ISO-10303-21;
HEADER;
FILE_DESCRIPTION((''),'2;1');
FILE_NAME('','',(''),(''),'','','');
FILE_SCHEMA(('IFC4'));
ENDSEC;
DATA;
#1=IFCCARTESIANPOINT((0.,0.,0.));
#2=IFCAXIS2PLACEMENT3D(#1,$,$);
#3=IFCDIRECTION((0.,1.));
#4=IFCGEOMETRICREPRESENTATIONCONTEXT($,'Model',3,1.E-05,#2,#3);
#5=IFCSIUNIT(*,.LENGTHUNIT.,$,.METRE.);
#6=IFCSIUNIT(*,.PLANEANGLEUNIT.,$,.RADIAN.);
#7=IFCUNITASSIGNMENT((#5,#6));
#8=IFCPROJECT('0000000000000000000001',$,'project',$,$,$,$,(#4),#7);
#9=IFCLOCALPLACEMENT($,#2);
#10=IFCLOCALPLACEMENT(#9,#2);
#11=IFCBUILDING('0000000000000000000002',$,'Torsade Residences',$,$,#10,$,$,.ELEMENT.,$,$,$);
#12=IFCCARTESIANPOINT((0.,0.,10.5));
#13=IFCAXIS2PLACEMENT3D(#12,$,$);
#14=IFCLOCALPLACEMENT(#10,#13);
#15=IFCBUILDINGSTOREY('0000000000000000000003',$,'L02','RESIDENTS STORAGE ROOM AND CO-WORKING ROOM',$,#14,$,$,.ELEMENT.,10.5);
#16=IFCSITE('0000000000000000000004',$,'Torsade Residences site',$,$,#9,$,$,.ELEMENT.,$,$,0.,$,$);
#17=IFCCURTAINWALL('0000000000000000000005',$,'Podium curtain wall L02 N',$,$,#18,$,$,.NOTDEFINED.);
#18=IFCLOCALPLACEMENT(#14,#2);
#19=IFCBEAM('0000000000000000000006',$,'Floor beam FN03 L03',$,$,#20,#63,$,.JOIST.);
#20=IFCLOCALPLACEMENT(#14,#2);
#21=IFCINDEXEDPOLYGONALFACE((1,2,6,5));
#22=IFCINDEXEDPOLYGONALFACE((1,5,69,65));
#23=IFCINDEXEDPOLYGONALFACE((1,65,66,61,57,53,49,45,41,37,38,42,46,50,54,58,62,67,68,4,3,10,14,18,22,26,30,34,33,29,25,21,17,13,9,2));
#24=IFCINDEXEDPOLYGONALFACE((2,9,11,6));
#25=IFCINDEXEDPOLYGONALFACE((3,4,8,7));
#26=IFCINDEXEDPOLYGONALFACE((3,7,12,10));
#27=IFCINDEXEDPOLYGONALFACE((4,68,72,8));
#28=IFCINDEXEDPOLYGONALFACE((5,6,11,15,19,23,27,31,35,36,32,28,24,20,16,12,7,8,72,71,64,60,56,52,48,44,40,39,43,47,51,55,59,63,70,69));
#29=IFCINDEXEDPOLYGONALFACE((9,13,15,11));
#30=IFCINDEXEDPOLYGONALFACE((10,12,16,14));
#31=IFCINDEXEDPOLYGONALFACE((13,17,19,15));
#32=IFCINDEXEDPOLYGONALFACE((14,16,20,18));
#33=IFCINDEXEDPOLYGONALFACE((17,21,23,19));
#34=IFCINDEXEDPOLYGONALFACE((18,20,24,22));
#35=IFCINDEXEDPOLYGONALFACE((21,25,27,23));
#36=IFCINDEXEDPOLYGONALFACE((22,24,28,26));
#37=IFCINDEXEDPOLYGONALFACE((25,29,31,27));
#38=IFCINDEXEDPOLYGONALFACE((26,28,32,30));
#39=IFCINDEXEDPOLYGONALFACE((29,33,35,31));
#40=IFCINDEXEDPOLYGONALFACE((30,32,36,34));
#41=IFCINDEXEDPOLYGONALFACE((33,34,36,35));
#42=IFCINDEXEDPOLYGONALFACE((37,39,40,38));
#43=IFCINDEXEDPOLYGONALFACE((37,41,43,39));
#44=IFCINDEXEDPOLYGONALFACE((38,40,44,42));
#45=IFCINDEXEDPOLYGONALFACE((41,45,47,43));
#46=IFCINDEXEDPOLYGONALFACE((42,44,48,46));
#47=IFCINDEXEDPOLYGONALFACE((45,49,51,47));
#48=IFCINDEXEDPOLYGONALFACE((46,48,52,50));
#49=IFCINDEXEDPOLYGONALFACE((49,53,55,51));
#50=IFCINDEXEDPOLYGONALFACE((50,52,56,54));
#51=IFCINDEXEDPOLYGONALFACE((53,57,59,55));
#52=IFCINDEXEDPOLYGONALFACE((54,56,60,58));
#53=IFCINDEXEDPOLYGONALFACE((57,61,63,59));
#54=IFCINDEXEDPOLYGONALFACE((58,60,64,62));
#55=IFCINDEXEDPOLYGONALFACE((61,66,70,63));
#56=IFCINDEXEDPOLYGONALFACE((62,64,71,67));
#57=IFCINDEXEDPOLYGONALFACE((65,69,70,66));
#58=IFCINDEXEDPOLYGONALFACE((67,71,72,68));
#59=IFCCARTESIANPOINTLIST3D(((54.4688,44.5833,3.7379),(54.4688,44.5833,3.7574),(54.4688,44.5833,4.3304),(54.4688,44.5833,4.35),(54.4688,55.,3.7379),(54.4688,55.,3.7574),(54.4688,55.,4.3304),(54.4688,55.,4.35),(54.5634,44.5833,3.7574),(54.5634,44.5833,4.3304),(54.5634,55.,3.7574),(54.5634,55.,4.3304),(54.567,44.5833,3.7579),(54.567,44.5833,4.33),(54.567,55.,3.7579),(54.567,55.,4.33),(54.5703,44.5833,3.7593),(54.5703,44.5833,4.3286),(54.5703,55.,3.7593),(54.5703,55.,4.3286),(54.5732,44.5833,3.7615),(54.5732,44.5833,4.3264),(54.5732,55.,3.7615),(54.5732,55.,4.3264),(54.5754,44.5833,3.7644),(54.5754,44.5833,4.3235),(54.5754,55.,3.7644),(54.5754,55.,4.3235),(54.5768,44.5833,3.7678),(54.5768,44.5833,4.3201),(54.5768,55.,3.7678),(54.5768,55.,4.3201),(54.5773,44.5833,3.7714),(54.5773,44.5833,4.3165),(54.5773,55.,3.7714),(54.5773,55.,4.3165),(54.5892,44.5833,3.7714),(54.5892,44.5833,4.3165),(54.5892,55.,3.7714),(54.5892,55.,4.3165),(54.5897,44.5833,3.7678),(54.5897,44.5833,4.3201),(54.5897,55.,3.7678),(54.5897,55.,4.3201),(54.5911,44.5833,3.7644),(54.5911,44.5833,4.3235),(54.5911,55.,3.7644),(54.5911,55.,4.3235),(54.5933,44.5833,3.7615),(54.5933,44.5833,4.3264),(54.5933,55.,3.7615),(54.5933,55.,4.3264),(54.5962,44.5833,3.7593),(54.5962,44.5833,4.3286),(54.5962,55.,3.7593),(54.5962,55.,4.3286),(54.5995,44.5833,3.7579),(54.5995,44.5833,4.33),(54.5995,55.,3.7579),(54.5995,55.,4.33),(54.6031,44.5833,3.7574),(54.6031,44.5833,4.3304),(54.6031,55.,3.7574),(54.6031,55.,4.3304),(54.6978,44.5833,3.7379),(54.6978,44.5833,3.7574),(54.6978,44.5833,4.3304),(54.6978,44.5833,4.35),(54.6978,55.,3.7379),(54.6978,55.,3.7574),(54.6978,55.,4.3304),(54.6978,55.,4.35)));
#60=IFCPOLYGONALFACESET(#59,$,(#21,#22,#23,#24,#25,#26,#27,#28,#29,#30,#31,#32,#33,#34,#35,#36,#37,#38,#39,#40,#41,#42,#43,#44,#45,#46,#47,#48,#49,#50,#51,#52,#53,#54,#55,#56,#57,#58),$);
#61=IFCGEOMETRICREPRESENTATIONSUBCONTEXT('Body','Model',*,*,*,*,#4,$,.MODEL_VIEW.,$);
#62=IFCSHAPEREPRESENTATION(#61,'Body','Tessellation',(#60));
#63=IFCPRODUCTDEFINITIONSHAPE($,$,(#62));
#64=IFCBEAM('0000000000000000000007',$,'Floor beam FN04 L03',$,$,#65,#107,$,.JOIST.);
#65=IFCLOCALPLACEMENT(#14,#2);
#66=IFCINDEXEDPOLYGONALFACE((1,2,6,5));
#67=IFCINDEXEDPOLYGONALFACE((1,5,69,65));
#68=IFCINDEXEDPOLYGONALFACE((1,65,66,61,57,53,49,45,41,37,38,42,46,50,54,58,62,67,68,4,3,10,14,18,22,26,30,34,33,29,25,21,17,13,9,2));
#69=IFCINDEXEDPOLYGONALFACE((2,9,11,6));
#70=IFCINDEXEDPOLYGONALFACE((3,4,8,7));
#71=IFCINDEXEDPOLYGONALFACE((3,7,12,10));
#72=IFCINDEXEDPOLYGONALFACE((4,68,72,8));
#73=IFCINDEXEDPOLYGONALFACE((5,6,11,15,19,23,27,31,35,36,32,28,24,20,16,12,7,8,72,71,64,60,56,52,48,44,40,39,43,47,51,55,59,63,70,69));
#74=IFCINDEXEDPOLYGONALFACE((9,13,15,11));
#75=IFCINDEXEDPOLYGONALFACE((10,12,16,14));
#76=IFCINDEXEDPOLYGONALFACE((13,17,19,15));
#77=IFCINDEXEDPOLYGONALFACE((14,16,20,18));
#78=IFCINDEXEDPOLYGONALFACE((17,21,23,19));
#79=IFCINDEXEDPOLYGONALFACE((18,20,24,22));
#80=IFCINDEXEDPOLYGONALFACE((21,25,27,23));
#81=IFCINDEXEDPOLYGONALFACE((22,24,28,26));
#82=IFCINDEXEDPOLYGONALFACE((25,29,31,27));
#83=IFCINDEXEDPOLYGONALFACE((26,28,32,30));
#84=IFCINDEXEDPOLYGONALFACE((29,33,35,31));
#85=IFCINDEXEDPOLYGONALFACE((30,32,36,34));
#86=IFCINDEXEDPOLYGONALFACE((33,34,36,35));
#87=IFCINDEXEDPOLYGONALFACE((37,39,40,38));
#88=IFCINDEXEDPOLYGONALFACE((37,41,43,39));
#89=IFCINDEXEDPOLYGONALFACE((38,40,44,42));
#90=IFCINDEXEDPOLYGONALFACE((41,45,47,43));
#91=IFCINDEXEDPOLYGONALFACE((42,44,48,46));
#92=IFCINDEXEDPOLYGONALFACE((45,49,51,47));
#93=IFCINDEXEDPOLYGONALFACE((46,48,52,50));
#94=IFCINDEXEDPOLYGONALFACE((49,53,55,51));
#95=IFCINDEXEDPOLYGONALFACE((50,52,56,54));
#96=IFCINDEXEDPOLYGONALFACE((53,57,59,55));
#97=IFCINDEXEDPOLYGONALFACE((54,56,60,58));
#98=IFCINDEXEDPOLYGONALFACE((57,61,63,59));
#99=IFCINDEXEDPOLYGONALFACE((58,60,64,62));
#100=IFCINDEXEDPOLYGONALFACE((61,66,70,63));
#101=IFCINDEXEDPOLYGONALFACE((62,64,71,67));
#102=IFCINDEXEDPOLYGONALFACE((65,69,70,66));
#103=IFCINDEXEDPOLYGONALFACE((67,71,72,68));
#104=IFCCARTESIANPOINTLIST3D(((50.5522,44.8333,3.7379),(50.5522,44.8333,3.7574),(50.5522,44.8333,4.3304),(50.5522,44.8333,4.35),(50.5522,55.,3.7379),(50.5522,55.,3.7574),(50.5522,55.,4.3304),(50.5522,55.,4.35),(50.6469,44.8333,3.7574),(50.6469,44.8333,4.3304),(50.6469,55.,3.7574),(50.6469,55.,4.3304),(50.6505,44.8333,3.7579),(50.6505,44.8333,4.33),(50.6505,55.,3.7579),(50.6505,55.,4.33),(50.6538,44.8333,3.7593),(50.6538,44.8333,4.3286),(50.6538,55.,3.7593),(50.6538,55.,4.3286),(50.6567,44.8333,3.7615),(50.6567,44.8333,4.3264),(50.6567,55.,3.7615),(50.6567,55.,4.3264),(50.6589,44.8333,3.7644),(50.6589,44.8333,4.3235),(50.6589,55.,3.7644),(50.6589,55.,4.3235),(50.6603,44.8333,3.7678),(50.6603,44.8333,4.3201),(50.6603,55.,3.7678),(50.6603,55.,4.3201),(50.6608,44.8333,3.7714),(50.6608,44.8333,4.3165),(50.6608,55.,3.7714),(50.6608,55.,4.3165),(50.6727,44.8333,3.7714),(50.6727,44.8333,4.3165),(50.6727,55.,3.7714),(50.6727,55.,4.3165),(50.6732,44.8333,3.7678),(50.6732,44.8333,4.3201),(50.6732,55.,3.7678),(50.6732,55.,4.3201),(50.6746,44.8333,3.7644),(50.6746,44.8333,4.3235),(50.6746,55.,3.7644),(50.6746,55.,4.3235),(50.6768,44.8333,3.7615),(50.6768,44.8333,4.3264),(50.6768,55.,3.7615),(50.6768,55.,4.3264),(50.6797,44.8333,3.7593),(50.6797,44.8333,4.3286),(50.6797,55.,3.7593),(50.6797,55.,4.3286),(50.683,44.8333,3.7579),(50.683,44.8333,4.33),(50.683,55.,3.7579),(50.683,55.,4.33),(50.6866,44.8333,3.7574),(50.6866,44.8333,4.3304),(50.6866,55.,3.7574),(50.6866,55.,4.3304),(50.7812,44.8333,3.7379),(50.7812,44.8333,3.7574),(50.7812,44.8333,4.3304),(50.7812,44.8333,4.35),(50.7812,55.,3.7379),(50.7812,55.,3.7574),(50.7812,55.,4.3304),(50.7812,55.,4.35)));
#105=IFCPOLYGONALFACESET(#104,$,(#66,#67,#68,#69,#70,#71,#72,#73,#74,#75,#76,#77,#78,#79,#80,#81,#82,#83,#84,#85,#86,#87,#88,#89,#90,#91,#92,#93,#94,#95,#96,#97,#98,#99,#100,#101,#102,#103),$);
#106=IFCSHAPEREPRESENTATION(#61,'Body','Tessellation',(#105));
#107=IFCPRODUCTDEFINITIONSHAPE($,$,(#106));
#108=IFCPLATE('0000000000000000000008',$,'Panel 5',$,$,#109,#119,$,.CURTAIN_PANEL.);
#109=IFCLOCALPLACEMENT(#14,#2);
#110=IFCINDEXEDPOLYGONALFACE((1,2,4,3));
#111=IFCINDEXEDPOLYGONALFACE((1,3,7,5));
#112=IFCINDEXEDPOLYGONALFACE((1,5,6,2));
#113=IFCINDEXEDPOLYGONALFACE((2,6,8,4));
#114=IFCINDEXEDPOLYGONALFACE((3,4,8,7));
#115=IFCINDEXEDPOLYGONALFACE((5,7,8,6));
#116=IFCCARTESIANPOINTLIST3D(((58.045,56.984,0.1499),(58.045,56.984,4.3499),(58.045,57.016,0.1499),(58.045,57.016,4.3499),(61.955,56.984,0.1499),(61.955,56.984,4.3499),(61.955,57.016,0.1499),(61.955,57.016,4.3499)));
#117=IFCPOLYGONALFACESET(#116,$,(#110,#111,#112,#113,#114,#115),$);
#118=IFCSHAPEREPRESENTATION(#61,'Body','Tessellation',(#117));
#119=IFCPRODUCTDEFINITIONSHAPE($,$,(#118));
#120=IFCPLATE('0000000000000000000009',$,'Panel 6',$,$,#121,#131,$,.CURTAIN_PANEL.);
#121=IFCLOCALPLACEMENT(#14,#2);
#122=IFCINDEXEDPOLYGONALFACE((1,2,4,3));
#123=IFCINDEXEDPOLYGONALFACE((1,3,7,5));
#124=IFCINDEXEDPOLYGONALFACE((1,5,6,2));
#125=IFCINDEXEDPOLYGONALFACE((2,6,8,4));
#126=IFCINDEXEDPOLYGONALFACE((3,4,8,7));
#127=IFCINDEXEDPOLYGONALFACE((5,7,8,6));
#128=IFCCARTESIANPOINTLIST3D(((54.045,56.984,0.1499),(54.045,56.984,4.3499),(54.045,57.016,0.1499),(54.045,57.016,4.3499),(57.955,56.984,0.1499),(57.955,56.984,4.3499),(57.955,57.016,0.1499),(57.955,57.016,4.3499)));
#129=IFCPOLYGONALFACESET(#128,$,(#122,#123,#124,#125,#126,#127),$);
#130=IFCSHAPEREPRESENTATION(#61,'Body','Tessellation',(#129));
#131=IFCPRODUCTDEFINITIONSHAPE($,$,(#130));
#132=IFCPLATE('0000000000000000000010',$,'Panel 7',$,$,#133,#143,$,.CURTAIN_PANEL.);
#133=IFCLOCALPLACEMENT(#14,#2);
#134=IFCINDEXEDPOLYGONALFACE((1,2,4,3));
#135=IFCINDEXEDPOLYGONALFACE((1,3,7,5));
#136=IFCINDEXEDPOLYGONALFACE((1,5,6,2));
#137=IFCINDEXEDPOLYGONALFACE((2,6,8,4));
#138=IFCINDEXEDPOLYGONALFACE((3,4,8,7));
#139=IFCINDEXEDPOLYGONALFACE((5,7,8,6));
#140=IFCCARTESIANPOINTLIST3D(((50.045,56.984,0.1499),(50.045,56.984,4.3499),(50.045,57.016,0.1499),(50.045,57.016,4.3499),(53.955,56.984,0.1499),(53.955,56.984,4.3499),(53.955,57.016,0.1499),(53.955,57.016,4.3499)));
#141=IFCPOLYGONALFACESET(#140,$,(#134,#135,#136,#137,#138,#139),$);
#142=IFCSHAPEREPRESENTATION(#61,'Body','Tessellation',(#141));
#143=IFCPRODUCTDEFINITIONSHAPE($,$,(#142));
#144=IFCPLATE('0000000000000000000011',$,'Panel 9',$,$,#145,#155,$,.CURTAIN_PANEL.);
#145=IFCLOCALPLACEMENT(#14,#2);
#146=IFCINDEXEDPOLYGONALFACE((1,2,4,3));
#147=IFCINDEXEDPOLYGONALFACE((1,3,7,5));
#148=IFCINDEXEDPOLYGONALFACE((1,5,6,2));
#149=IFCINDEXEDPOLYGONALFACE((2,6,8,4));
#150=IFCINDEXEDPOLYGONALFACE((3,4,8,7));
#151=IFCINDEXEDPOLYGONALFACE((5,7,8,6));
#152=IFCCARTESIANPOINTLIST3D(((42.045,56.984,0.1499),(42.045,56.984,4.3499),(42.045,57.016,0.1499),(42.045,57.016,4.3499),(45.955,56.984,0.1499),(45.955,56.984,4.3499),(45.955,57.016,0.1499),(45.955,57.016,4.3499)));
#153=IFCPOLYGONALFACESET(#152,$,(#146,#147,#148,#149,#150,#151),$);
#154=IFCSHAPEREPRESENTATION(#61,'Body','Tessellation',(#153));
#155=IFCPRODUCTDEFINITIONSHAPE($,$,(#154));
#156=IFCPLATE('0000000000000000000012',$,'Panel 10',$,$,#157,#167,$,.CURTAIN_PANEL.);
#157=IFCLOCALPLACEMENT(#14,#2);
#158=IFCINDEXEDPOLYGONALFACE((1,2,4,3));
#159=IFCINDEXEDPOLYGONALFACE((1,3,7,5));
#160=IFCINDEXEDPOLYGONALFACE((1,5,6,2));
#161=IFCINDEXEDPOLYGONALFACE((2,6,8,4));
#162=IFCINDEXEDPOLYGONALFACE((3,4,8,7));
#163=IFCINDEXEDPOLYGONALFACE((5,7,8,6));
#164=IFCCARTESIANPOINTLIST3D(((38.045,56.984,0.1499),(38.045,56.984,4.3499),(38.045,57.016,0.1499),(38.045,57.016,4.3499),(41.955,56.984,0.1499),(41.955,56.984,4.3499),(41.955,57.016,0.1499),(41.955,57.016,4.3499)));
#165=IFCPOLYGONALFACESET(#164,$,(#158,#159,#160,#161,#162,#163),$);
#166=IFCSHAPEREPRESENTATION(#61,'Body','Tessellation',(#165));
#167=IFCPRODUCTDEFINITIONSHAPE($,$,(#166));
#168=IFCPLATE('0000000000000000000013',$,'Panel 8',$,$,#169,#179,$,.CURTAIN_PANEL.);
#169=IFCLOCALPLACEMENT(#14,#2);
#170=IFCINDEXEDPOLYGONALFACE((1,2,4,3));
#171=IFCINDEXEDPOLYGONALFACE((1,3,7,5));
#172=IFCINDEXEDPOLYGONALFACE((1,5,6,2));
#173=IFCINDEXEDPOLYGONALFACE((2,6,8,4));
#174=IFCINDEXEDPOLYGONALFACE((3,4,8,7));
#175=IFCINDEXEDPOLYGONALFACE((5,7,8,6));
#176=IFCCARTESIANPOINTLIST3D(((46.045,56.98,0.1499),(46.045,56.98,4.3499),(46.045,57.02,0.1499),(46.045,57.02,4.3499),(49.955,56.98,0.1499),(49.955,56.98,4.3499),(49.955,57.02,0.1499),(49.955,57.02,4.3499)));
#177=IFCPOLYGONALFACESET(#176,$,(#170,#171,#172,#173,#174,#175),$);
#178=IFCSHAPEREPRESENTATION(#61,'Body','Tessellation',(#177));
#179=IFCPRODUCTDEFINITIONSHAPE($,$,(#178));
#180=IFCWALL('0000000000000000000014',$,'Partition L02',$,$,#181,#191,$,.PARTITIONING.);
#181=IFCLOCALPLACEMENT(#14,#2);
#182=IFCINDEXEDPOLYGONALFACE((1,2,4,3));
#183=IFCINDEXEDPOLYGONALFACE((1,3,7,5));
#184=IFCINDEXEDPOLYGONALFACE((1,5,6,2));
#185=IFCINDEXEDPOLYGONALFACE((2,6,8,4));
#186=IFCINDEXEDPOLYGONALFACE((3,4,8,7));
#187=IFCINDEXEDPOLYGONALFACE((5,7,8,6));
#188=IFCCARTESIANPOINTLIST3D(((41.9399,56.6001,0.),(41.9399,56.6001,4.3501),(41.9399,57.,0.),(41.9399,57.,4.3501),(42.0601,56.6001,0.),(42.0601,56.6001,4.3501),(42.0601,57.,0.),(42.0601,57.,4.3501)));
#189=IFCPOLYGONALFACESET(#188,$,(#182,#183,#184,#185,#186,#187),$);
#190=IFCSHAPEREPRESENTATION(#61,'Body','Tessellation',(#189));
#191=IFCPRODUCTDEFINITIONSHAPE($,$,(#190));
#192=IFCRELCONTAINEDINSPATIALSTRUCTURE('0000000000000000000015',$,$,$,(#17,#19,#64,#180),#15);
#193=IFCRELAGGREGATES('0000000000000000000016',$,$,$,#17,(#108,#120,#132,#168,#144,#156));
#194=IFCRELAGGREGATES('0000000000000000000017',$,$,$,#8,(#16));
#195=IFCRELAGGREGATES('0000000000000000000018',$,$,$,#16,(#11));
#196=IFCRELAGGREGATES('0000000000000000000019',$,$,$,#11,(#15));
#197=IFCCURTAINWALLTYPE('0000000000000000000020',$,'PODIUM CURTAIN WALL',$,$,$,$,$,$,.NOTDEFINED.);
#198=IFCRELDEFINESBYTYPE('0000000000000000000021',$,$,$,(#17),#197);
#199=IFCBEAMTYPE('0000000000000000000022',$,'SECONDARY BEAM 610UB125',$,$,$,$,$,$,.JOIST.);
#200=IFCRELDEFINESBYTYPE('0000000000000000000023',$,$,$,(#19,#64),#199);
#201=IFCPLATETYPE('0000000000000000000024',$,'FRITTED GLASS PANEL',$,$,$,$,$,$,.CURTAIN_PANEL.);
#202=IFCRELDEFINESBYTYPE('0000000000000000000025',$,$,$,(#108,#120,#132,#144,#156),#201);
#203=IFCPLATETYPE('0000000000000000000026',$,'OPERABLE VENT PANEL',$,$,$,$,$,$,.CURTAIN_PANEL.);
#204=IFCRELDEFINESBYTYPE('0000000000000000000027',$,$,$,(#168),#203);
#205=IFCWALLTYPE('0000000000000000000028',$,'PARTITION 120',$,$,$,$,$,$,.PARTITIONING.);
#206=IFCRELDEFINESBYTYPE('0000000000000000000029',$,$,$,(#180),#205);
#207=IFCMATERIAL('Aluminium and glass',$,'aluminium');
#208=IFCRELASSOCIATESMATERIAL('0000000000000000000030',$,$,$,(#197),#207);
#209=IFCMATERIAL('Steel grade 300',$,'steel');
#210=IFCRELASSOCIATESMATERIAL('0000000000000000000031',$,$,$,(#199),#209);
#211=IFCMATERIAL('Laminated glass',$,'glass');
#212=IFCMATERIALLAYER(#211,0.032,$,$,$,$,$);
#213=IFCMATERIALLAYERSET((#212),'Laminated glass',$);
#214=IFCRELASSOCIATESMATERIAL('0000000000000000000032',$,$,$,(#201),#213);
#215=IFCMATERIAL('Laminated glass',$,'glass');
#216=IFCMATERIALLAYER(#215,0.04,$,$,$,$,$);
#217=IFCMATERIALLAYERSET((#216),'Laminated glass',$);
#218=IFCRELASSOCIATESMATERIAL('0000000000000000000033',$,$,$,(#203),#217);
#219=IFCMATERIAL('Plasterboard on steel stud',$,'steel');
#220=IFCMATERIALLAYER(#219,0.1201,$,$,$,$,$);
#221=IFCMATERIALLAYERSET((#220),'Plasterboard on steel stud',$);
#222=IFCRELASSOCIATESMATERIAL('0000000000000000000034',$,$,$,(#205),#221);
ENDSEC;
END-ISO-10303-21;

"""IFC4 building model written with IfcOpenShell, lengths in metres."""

from ifc_helpers import new_model, si_unit, direction, frame, frame_2d, origin, origin_2d, place, context, subcontext, project, spatial, rectangle, i_section, extrude, material, layer, layer_set, material_profile, profile_set, type_object, element, aggregate, save


model = new_model("IFC4")

# Units and contexts
model_context = context("Model", 3, precision=1e-05, world=origin(), true_north=direction((0.0, 1.0)))
body_context = subcontext(model_context, "Body", "Model", "MODEL_VIEW")
ifc_project = project(units=[si_unit("LENGTHUNIT", "METRE"), si_unit("PLANEANGLEUNIT", "RADIAN")], contexts=[model_context])

# Site, building, storey
site_placement = place(None, origin())
site = spatial("IfcSite", under=ifc_project, at=site_placement, Name="Torsade Residences site", CompositionType="ELEMENT", RefElevation=0.0)
building_placement = place(site_placement, origin())
building = spatial("IfcBuilding", under=site, at=building_placement, Name="Torsade Residences", CompositionType="ELEMENT")
storey_placement = place(building_placement, frame((0.0, 0.0, 10.5)))
storey = spatial("IfcBuildingStorey", under=building, at=storey_placement, Name="L02", Description="RESIDENTS STORAGE ROOM AND CO-WORKING ROOM", CompositionType="ELEMENT", Elevation=10.5)

# Curtain wall
ifc_material_1 = material(Name="Aluminium and glass", Category="aluminium")
curtain_wall_type = type_object("IfcCurtainWallType", Name="PODIUM CURTAIN WALL", PredefinedType="NOTDEFINED", material=ifc_material_1)
curtain_wall_placement = place(storey_placement, origin())
curtain_wall = element("IfcCurtainWall", 1, at=curtain_wall_placement, inside=storey, type_object=curtain_wall_type, Name="Podium curtain wall L02 N", PredefinedType="NOTDEFINED")

# Beams
ifc_material_2 = material(Name="Steel grade 300", Category="steel")
ifc_material_profile_1 = material_profile(ifc_material_2, i_section(OverallWidth=0.229, OverallDepth=0.6121, WebThickness=0.012, FlangeThickness=0.0195, FilletRadius=0.0139, at=origin_2d()), Name="610UB125")
ifc_profile_set_1 = profile_set([ifc_material_profile_1], Name="Steel grade 300")
beam_type_1 = type_object("IfcBeamType", Name="SECONDARY BEAM 610UB125", PredefinedType="JOIST", material=ifc_profile_set_1)
beam_1_placement = place(storey_placement, frame((54.5833, 55.0, 4.0439), z_axis=(0.0, -1.0, 0.0), x_axis=(1.0, 0.0, 0.0)))
element("IfcBeam", 2, at=beam_1_placement, inside=storey, type_object=beam_type_1, Name="Floor beam FN03 L03", PredefinedType="JOIST", context=body_context, shape_type="SweptSolid", body=[
    extrude(i_section(OverallWidth=0.229, OverallDepth=0.6121, WebThickness=0.012, FlangeThickness=0.0195, FilletRadius=0.0139, at=origin_2d()), origin(), (0.0, 0.0, 1.0), 10.4167),
])
beam_2_placement = place(storey_placement, frame((50.6667, 55.0, 4.0439), z_axis=(0.0, -1.0, 0.0), x_axis=(1.0, 0.0, 0.0)))
element("IfcBeam", 3, at=beam_2_placement, inside=storey, type_object=beam_type_1, Name="Floor beam FN04 L03", PredefinedType="JOIST", context=body_context, shape_type="SweptSolid", body=[
    extrude(i_section(OverallWidth=0.229, OverallDepth=0.6121, WebThickness=0.012, FlangeThickness=0.0195, FilletRadius=0.0139, at=origin_2d()), origin(), (0.0, 0.0, 1.0), 10.1667),
])

# Plates
ifc_material_3 = material(Name="Laminated glass", Category="glass")
ifc_layer_1 = layer(ifc_material_3, 0.032)
ifc_layer_set_1 = layer_set([ifc_layer_1], Name="Laminated glass")
plate_type_1 = type_object("IfcPlateType", Name="FRITTED GLASS PANEL", PredefinedType="CURTAIN_PANEL", material=ifc_layer_set_1)
plate_1_placement = place(storey_placement, frame((60.0, 57.0, 0.1499), z_axis=(0.0, 0.0, 1.0), x_axis=(-1.0, 0.0, 0.0)))
plate_1 = element("IfcPlate", 4, at=plate_1_placement, type_object=plate_type_1, Name="Panel 5", PredefinedType="CURTAIN_PANEL", context=body_context, shape_type="SweptSolid", body=[
    extrude(rectangle(XDim=3.9099, YDim=0.032, at=origin_2d()), origin(), (0.0, 0.0, 1.0), 4.2),
])
plate_2_placement = place(storey_placement, frame((56.0, 57.0, 0.1499), z_axis=(0.0, 0.0, 1.0), x_axis=(-1.0, 0.0, 0.0)))
plate_2 = element("IfcPlate", 5, at=plate_2_placement, type_object=plate_type_1, Name="Panel 6", PredefinedType="CURTAIN_PANEL", context=body_context, shape_type="SweptSolid", body=[
    extrude(rectangle(XDim=3.9099, YDim=0.032, at=origin_2d()), origin(), (0.0, 0.0, 1.0), 4.2),
])
plate_3_placement = place(storey_placement, frame((52.0, 57.0, 0.1499), z_axis=(0.0, 0.0, 1.0), x_axis=(-1.0, 0.0, 0.0)))
plate_3 = element("IfcPlate", 6, at=plate_3_placement, type_object=plate_type_1, Name="Panel 7", PredefinedType="CURTAIN_PANEL", context=body_context, shape_type="SweptSolid", body=[
    extrude(rectangle(XDim=3.9099, YDim=0.032, at=origin_2d()), origin(), (0.0, 0.0, 1.0), 4.2),
])
plate_4_placement = place(storey_placement, frame((44.0, 57.0, 0.1499), z_axis=(0.0, 0.0, 1.0), x_axis=(-1.0, 0.0, 0.0)))
plate_4 = element("IfcPlate", 7, at=plate_4_placement, type_object=plate_type_1, Name="Panel 9", PredefinedType="CURTAIN_PANEL", context=body_context, shape_type="SweptSolid", body=[
    extrude(rectangle(XDim=3.9099, YDim=0.032, at=origin_2d()), origin(), (0.0, 0.0, 1.0), 4.2),
])
plate_5_placement = place(storey_placement, frame((40.0, 57.0, 0.1499), z_axis=(0.0, 0.0, 1.0), x_axis=(-1.0, 0.0, 0.0)))
plate_5 = element("IfcPlate", 8, at=plate_5_placement, type_object=plate_type_1, Name="Panel 10", PredefinedType="CURTAIN_PANEL", context=body_context, shape_type="SweptSolid", body=[
    extrude(rectangle(XDim=3.9099, YDim=0.032, at=origin_2d()), origin(), (0.0, 0.0, 1.0), 4.2),
])
ifc_material_4 = material(Name="Laminated glass", Category="glass")
ifc_layer_2 = layer(ifc_material_4, 0.04)
ifc_layer_set_2 = layer_set([ifc_layer_2], Name="Laminated glass")
plate_type_2 = type_object("IfcPlateType", Name="OPERABLE VENT PANEL", PredefinedType="CURTAIN_PANEL", material=ifc_layer_set_2)
plate_6_placement = place(storey_placement, frame((48.0, 57.0, 0.1499), z_axis=(0.0, 0.0, 1.0), x_axis=(-1.0, 0.0, 0.0)))
plate_6 = element("IfcPlate", 9, at=plate_6_placement, type_object=plate_type_2, Name="Panel 8", PredefinedType="CURTAIN_PANEL", context=body_context, shape_type="SweptSolid", body=[
    extrude(rectangle(XDim=3.9099, YDim=0.04, at=origin_2d()), origin(), (0.0, 0.0, 1.0), 4.2),
])
aggregate(curtain_wall, [plate_1, plate_2, plate_3, plate_6, plate_4, plate_5])

# Wall
ifc_material_5 = material(Name="Plasterboard on steel stud", Category="steel")
ifc_layer_3 = layer(ifc_material_5, 0.1201)
ifc_layer_set_3 = layer_set([ifc_layer_3], Name="Plasterboard on steel stud")
wall_type_1 = type_object("IfcWallType", Name="PARTITION 120", PredefinedType="PARTITIONING", material=ifc_layer_set_3)
wall_1_placement = place(storey_placement, frame((42.0, 57.0, 0.0), z_axis=(0.0, 0.0, 1.0), x_axis=(0.0, -1.0, 0.0)))
element("IfcWall", 10, at=wall_1_placement, inside=storey, type_object=wall_type_1, Name="Partition L02", PredefinedType="PARTITIONING", context=body_context, shape_type="SweptSolid", body=[
    extrude(rectangle(XDim=0.3999, YDim=0.1201, at=frame_2d((0.2, 0.0))), origin(), (0.0, 0.0, 1.0), 4.3501),
])

save(model, "model.ifc")
